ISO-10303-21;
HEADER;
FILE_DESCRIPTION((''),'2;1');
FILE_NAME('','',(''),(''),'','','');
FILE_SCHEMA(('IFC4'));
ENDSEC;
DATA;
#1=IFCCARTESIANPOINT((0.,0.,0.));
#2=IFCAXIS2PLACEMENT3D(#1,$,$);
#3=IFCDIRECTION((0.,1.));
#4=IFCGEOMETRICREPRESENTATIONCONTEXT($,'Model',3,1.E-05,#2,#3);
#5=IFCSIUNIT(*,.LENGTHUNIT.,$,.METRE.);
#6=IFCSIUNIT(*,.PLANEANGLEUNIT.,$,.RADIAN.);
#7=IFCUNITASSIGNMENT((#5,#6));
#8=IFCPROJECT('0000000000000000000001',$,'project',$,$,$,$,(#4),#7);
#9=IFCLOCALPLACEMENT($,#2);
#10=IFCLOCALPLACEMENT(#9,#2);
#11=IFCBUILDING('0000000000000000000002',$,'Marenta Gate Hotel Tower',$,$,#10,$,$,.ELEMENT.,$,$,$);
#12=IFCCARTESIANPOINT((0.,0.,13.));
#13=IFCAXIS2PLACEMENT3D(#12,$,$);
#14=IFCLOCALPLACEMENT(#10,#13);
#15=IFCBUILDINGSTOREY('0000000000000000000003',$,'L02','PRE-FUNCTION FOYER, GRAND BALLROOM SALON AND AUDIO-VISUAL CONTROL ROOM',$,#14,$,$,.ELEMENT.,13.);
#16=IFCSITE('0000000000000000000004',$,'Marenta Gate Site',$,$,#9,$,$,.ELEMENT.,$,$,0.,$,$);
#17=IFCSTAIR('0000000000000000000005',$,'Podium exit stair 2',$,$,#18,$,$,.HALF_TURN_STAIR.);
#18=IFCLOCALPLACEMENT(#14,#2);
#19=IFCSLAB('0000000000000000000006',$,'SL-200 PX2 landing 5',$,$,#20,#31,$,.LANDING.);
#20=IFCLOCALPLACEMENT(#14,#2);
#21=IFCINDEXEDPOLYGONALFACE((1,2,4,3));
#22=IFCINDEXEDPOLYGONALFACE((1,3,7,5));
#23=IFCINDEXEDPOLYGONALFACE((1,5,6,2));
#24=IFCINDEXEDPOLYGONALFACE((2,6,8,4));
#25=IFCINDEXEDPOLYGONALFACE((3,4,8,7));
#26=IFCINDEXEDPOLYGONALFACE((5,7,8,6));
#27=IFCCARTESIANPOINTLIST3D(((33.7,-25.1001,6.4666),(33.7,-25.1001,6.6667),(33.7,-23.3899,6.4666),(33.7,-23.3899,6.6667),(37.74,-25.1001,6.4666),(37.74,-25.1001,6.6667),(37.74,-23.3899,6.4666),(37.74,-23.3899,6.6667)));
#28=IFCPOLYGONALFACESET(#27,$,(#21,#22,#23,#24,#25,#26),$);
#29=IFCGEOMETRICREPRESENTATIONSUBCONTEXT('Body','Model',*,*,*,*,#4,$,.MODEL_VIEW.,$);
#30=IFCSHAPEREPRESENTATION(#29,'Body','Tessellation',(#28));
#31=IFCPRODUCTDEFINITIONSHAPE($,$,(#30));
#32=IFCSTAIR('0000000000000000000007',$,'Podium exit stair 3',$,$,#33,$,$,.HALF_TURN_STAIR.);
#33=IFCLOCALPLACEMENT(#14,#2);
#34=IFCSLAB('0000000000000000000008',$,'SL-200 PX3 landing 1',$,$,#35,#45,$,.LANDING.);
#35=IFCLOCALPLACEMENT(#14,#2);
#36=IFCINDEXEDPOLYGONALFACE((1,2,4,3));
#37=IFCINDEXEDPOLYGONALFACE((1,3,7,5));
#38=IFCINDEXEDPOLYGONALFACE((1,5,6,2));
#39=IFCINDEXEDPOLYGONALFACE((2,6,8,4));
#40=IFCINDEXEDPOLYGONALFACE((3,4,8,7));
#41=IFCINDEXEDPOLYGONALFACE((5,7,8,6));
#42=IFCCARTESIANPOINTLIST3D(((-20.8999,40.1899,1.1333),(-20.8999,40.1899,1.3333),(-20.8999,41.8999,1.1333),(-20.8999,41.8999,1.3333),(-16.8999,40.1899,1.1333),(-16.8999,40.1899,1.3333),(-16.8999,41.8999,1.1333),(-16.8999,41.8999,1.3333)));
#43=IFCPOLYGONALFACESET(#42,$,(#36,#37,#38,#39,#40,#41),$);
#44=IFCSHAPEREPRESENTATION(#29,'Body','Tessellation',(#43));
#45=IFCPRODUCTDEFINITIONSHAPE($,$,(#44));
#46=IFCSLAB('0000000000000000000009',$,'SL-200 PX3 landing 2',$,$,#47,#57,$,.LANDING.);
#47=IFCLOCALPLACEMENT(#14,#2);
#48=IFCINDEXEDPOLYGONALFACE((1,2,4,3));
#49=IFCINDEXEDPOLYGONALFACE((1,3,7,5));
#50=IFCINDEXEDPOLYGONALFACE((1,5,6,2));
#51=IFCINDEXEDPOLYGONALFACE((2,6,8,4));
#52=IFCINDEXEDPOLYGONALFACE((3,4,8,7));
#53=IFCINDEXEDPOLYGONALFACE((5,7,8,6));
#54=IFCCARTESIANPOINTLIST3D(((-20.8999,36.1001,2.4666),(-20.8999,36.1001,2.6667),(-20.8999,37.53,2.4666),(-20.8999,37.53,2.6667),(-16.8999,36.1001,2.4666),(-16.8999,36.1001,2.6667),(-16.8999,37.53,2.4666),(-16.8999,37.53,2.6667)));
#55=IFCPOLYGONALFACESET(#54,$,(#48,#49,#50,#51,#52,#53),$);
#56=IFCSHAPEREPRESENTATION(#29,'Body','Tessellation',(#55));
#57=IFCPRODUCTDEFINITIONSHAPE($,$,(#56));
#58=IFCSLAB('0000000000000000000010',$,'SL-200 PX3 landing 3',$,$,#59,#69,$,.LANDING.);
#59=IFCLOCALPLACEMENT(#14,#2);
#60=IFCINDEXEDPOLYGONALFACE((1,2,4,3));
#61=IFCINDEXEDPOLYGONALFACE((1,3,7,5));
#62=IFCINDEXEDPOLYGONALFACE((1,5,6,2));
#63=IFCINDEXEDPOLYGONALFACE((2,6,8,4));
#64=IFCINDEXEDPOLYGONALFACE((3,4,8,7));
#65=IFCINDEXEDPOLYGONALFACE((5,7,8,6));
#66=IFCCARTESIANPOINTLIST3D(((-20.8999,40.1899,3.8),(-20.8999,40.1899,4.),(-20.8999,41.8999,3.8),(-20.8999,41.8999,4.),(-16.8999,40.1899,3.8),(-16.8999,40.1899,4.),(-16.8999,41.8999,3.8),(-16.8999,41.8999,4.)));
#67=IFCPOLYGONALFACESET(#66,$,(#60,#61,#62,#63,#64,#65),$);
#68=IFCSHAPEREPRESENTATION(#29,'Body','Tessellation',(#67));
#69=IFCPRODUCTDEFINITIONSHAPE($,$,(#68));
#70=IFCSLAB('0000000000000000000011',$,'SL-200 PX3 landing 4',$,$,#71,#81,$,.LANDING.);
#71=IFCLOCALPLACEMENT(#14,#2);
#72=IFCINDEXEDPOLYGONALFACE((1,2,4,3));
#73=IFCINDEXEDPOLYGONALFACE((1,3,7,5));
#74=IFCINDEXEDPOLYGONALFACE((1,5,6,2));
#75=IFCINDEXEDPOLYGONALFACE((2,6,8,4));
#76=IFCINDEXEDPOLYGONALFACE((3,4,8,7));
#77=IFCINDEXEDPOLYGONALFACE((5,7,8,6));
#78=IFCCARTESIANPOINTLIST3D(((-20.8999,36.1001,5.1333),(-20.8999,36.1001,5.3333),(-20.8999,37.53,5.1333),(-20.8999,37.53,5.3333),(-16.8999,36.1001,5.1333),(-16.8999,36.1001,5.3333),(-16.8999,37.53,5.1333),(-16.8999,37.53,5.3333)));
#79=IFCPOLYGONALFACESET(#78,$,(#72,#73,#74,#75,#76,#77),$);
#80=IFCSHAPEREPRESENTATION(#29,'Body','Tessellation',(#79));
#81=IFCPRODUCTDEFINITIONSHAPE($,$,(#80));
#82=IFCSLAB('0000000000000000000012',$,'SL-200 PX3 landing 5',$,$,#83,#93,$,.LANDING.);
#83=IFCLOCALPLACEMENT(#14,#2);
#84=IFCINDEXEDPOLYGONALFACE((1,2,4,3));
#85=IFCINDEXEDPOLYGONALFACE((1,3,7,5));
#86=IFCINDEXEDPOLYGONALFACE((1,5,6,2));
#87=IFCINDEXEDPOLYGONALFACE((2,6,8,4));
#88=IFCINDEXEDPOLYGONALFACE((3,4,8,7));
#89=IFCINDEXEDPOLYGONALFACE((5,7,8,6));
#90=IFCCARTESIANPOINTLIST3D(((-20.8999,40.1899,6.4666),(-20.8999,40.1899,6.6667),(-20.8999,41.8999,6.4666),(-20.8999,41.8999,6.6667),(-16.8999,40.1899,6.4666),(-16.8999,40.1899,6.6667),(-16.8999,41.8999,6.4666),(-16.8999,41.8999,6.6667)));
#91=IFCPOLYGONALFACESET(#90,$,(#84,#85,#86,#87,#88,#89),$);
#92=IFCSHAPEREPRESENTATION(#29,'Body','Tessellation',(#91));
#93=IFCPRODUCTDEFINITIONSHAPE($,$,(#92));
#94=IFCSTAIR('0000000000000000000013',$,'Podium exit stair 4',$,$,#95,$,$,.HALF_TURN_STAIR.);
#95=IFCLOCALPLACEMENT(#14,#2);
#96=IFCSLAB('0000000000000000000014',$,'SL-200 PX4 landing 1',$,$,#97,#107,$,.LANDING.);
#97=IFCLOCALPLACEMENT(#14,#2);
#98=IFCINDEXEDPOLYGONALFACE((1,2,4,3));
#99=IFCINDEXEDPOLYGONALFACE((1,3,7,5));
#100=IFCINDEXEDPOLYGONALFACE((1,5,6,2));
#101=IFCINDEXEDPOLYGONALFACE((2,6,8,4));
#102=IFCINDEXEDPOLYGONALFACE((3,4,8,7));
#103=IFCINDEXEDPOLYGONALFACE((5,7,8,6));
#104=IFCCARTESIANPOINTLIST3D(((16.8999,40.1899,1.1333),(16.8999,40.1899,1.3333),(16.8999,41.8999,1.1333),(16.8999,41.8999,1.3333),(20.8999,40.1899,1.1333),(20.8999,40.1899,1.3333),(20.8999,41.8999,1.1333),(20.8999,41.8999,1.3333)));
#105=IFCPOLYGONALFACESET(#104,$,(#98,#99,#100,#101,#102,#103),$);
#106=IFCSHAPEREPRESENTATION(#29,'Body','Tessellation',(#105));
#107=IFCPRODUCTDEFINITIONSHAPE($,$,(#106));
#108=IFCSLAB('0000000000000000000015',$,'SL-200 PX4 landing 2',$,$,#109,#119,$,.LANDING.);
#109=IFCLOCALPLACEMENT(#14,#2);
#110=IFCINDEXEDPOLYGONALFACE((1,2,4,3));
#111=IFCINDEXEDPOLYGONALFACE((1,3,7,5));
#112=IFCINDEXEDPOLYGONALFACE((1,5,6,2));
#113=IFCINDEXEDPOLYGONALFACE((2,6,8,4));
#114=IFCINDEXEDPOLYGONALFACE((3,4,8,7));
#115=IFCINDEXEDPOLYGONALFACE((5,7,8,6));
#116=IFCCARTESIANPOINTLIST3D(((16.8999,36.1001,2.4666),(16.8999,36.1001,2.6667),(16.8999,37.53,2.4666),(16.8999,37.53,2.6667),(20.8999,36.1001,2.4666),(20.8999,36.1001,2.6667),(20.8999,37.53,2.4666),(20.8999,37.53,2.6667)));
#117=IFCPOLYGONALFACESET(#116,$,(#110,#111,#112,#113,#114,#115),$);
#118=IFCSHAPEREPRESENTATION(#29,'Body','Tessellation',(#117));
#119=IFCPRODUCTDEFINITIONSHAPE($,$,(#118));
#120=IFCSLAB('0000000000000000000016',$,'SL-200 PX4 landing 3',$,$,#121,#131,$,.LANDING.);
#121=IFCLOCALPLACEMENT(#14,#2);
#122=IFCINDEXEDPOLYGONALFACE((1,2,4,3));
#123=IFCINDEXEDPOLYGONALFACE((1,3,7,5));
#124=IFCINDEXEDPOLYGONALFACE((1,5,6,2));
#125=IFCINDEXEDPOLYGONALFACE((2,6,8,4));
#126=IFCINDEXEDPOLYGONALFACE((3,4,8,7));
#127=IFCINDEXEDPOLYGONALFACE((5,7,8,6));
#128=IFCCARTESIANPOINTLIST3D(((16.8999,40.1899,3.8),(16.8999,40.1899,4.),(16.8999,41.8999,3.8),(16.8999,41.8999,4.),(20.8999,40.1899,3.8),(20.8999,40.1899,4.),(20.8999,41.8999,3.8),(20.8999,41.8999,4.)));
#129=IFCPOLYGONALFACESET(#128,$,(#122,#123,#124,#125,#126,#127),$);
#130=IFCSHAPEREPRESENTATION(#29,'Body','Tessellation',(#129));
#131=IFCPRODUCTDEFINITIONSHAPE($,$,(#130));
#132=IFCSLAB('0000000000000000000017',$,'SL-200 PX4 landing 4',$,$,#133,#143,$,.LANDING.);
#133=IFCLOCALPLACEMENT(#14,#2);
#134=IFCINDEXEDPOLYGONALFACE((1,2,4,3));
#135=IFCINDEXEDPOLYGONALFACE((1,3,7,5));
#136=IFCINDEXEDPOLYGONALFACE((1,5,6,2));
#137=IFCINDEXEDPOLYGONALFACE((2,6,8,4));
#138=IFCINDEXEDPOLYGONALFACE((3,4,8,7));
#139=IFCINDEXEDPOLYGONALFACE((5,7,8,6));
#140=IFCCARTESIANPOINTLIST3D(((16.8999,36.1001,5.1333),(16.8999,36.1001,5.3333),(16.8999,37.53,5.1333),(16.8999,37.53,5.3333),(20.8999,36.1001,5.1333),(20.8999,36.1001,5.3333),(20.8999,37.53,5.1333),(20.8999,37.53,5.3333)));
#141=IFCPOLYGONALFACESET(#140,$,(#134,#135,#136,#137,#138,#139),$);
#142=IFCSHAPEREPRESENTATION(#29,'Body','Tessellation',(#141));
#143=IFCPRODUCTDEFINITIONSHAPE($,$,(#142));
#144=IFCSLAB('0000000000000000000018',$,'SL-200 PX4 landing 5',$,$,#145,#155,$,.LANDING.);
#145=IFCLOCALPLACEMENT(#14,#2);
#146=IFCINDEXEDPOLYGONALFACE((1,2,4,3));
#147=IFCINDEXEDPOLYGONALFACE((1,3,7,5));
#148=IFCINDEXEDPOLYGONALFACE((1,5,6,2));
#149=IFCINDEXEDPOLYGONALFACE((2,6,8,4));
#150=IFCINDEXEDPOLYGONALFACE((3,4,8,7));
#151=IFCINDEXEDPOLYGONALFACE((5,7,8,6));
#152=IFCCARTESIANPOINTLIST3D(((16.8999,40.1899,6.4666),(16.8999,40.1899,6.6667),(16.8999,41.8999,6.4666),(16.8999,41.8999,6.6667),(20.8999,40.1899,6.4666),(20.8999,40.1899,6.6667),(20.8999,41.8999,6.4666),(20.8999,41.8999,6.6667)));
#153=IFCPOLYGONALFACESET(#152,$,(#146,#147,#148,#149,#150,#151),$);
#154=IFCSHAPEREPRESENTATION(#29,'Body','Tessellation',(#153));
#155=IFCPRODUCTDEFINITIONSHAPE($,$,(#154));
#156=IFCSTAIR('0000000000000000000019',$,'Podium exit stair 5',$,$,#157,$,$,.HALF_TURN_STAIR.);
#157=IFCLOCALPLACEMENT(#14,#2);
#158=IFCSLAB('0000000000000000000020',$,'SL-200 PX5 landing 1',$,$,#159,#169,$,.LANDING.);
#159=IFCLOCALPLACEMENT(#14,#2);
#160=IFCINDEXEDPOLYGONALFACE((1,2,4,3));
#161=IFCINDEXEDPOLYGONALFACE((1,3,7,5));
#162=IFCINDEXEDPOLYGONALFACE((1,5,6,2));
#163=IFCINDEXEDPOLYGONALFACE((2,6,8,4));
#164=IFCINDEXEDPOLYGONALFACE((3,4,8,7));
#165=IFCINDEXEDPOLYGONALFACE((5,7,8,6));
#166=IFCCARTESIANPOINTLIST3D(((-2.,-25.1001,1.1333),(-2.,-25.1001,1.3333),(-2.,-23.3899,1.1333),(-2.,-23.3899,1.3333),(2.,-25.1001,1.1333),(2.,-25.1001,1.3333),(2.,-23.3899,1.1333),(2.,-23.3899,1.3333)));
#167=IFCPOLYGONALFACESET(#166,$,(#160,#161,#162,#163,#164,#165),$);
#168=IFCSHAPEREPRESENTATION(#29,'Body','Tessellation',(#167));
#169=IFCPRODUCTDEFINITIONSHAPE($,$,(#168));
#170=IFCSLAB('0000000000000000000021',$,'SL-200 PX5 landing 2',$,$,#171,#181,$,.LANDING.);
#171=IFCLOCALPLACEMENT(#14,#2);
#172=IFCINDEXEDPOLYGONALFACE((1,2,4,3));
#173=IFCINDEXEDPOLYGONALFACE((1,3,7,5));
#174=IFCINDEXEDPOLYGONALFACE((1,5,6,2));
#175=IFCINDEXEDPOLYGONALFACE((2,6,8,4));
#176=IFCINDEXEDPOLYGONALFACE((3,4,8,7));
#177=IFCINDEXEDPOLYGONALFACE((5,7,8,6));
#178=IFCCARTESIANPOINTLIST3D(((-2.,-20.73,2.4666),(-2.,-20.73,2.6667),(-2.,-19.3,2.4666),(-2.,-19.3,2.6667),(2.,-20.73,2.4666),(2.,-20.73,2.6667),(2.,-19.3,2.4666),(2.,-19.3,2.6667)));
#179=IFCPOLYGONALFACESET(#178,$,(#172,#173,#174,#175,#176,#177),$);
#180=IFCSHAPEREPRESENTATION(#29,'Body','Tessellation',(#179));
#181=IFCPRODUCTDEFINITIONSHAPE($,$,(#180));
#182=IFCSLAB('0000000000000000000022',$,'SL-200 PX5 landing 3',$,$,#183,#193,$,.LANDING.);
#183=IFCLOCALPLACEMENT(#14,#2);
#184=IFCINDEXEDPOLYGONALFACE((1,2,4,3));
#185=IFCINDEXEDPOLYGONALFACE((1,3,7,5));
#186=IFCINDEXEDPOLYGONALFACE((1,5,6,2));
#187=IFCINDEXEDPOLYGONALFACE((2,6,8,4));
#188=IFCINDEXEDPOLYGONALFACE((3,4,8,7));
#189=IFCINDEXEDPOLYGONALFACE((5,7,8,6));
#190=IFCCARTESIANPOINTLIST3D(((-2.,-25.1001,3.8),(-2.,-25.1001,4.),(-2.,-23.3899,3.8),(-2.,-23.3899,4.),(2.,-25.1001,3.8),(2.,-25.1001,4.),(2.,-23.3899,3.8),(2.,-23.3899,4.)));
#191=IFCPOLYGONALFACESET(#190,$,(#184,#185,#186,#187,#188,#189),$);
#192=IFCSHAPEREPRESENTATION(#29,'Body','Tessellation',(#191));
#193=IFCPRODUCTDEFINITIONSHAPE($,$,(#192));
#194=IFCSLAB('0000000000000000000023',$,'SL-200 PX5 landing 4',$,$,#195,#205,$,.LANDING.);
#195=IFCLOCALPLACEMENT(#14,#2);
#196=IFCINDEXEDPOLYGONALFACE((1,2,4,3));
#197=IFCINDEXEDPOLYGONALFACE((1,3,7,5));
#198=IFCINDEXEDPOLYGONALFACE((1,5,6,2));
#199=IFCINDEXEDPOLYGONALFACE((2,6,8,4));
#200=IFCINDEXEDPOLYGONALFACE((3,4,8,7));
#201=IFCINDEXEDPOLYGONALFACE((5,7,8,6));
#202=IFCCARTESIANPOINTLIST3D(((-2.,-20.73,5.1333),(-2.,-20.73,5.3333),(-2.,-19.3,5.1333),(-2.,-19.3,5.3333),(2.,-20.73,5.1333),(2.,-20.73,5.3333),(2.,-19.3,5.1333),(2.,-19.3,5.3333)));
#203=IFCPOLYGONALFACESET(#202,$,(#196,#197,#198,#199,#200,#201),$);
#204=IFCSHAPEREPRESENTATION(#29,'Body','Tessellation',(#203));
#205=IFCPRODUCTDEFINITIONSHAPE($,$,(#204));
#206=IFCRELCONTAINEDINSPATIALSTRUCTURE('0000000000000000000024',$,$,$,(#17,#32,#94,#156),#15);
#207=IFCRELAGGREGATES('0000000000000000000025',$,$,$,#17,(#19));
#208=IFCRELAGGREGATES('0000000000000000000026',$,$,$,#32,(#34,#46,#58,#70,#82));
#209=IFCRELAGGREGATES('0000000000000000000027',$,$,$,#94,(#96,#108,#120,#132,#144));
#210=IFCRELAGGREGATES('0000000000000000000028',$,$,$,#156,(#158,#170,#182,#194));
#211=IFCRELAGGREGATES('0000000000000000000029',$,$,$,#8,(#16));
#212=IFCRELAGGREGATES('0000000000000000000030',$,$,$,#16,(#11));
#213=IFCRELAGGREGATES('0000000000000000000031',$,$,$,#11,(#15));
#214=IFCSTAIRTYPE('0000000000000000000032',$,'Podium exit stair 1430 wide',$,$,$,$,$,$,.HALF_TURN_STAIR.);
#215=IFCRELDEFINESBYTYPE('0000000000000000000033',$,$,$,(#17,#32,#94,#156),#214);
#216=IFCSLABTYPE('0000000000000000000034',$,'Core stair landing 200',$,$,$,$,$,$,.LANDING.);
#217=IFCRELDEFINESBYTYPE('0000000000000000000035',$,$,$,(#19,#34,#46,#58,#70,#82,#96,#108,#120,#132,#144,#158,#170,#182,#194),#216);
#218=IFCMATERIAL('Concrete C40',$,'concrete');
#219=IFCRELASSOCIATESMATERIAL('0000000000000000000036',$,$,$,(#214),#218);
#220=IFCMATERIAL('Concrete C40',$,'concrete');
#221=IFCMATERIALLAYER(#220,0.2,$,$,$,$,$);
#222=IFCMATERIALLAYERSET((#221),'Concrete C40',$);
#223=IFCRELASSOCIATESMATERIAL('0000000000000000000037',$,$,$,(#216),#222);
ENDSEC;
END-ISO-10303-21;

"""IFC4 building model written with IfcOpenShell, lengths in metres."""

from ifc_helpers import new_model, si_unit, direction, frame, origin, place, context, subcontext, project, spatial, polyline, outline, extrude, material, layer, layer_set, type_object, element, aggregate, save


model = new_model("IFC4")

# Units and contexts
model_context = context("Model", 3, precision=1e-05, world=origin(), true_north=direction((0.0, 1.0)))
body_context = subcontext(model_context, "Body", "Model", "MODEL_VIEW")
ifc_project = project(units=[si_unit("LENGTHUNIT", "METRE"), si_unit("PLANEANGLEUNIT", "RADIAN")], contexts=[model_context])

# Site, building, storey
site_placement = place(None, origin())
site = spatial("IfcSite", under=ifc_project, at=site_placement, Name="Marenta Gate Site", CompositionType="ELEMENT", RefElevation=0.0)
building_placement = place(site_placement, origin())
building = spatial("IfcBuilding", under=site, at=building_placement, Name="Marenta Gate Hotel Tower", CompositionType="ELEMENT")
storey_placement = place(building_placement, frame((0.0, 0.0, 13.0)))
storey = spatial("IfcBuildingStorey", under=building, at=storey_placement, Name="L02", Description="PRE-FUNCTION FOYER, GRAND BALLROOM SALON AND AUDIO-VISUAL CONTROL ROOM", CompositionType="ELEMENT", Elevation=13.0)

# Stair, slab
ifc_material_1 = material(Name="Concrete C40", Category="concrete")
stair_type = type_object("IfcStairType", Name="Podium exit stair 1430 wide", PredefinedType="HALF_TURN_STAIR", material=ifc_material_1)
stair_1_placement = place(storey_placement, origin())
stair_1 = element("IfcStair", 1, at=stair_1_placement, inside=storey, type_object=stair_type, Name="Podium exit stair 2", PredefinedType="HALF_TURN_STAIR")
ifc_material_2 = material(Name="Concrete C40", Category="concrete")
ifc_layer = layer(ifc_material_2, 0.2)
ifc_layer_set = layer_set([ifc_layer], Name="Concrete C40")
slab_type = type_object("IfcSlabType", Name="Core stair landing 200", PredefinedType="LANDING", material=ifc_layer_set)
slab_1_placement = place(storey_placement, frame((0.0, 0.0, 6.4666)))
slab_1 = element("IfcSlab", 2, at=slab_1_placement, type_object=slab_type, Name="SL-200 PX2 landing 5", PredefinedType="LANDING", context=body_context, shape_type="SweptSolid", body=[
    extrude(outline(polyline([(33.7, -25.1001), (37.74, -25.1001), (37.74, -23.3899), (33.7, -23.3899), (33.7, -25.1001)])), origin(), (0.0, 0.0, 1.0), 0.2002),
])
aggregate(stair_1, [slab_1])

# Stairs, slabs
stair_2_placement = place(storey_placement, origin())
stair_2 = element("IfcStair", 3, at=stair_2_placement, inside=storey, type_object=stair_type, Name="Podium exit stair 3", PredefinedType="HALF_TURN_STAIR")
slab_2_placement = place(storey_placement, frame((0.0, 0.0, 1.1333)))
slab_2 = element("IfcSlab", 4, at=slab_2_placement, type_object=slab_type, Name="SL-200 PX3 landing 1", PredefinedType="LANDING", context=body_context, shape_type="SweptSolid", body=[
    extrude(outline(polyline([(-20.8999, 40.1899), (-16.8999, 40.1899), (-16.8999, 41.8999), (-20.8999, 41.8999), (-20.8999, 40.1899)])), origin(), (0.0, 0.0, 1.0), 0.2),
])
slab_3_placement = place(storey_placement, frame((0.0, 0.0, 2.4666)))
slab_3 = element("IfcSlab", 5, at=slab_3_placement, type_object=slab_type, Name="SL-200 PX3 landing 2", PredefinedType="LANDING", context=body_context, shape_type="SweptSolid", body=[
    extrude(outline(polyline([(-20.8999, 36.1001), (-16.8999, 36.1001), (-16.8999, 37.53), (-20.8999, 37.53), (-20.8999, 36.1001)])), origin(), (0.0, 0.0, 1.0), 0.2002),
])
slab_4_placement = place(storey_placement, frame((0.0, 0.0, 3.8)))
slab_4 = element("IfcSlab", 6, at=slab_4_placement, type_object=slab_type, Name="SL-200 PX3 landing 3", PredefinedType="LANDING", context=body_context, shape_type="SweptSolid", body=[
    extrude(outline(polyline([(-20.8999, 40.1899), (-16.8999, 40.1899), (-16.8999, 41.8999), (-20.8999, 41.8999), (-20.8999, 40.1899)])), origin(), (0.0, 0.0, 1.0), 0.2),
])
slab_5_placement = place(storey_placement, frame((0.0, 0.0, 5.1333)))
slab_5 = element("IfcSlab", 7, at=slab_5_placement, type_object=slab_type, Name="SL-200 PX3 landing 4", PredefinedType="LANDING", context=body_context, shape_type="SweptSolid", body=[
    extrude(outline(polyline([(-20.8999, 36.1001), (-16.8999, 36.1001), (-16.8999, 37.53), (-20.8999, 37.53), (-20.8999, 36.1001)])), origin(), (0.0, 0.0, 1.0), 0.2),
])
slab_6_placement = place(storey_placement, frame((0.0, 0.0, 6.4666)))
slab_6 = element("IfcSlab", 8, at=slab_6_placement, type_object=slab_type, Name="SL-200 PX3 landing 5", PredefinedType="LANDING", context=body_context, shape_type="SweptSolid", body=[
    extrude(outline(polyline([(-20.8999, 40.1899), (-16.8999, 40.1899), (-16.8999, 41.8999), (-20.8999, 41.8999), (-20.8999, 40.1899)])), origin(), (0.0, 0.0, 1.0), 0.2002),
])
aggregate(stair_2, [slab_2, slab_3, slab_4, slab_5, slab_6])
stair_3_placement = place(storey_placement, origin())
stair_3 = element("IfcStair", 9, at=stair_3_placement, inside=storey, type_object=stair_type, Name="Podium exit stair 4", PredefinedType="HALF_TURN_STAIR")
slab_7_placement = place(storey_placement, frame((0.0, 0.0, 1.1333)))
slab_7 = element("IfcSlab", 10, at=slab_7_placement, type_object=slab_type, Name="SL-200 PX4 landing 1", PredefinedType="LANDING", context=body_context, shape_type="SweptSolid", body=[
    extrude(outline(polyline([(16.8999, 40.1899), (20.8999, 40.1899), (20.8999, 41.8999), (16.8999, 41.8999), (16.8999, 40.1899)])), origin(), (0.0, 0.0, 1.0), 0.2),
])
slab_8_placement = place(storey_placement, frame((0.0, 0.0, 2.4666)))
slab_8 = element("IfcSlab", 11, at=slab_8_placement, type_object=slab_type, Name="SL-200 PX4 landing 2", PredefinedType="LANDING", context=body_context, shape_type="SweptSolid", body=[
    extrude(outline(polyline([(16.8999, 36.1001), (20.8999, 36.1001), (20.8999, 37.53), (16.8999, 37.53), (16.8999, 36.1001)])), origin(), (0.0, 0.0, 1.0), 0.2002),
])
slab_9_placement = place(storey_placement, frame((0.0, 0.0, 3.8)))
slab_9 = element("IfcSlab", 12, at=slab_9_placement, type_object=slab_type, Name="SL-200 PX4 landing 3", PredefinedType="LANDING", context=body_context, shape_type="SweptSolid", body=[
    extrude(outline(polyline([(16.8999, 40.1899), (20.8999, 40.1899), (20.8999, 41.8999), (16.8999, 41.8999), (16.8999, 40.1899)])), origin(), (0.0, 0.0, 1.0), 0.2),
])
slab_10_placement = place(storey_placement, frame((0.0, 0.0, 5.1333)))
slab_10 = element("IfcSlab", 13, at=slab_10_placement, type_object=slab_type, Name="SL-200 PX4 landing 4", PredefinedType="LANDING", context=body_context, shape_type="SweptSolid", body=[
    extrude(outline(polyline([(16.8999, 36.1001), (20.8999, 36.1001), (20.8999, 37.53), (16.8999, 37.53), (16.8999, 36.1001)])), origin(), (0.0, 0.0, 1.0), 0.2),
])
slab_11_placement = place(storey_placement, frame((0.0, 0.0, 6.4666)))
slab_11 = element("IfcSlab", 14, at=slab_11_placement, type_object=slab_type, Name="SL-200 PX4 landing 5", PredefinedType="LANDING", context=body_context, shape_type="SweptSolid", body=[
    extrude(outline(polyline([(16.8999, 40.1899), (20.8999, 40.1899), (20.8999, 41.8999), (16.8999, 41.8999), (16.8999, 40.1899)])), origin(), (0.0, 0.0, 1.0), 0.2002),
])
aggregate(stair_3, [slab_7, slab_8, slab_9, slab_10, slab_11])
stair_4_placement = place(storey_placement, origin())
stair_4 = element("IfcStair", 15, at=stair_4_placement, inside=storey, type_object=stair_type, Name="Podium exit stair 5", PredefinedType="HALF_TURN_STAIR")
slab_12_placement = place(storey_placement, frame((0.0, 0.0, 1.1333)))
slab_12 = element("IfcSlab", 16, at=slab_12_placement, type_object=slab_type, Name="SL-200 PX5 landing 1", PredefinedType="LANDING", context=body_context, shape_type="SweptSolid", body=[
    extrude(outline(polyline([(-2.0, -25.1001), (2.0, -25.1001), (2.0, -23.3899), (-2.0, -23.3899), (-2.0, -25.1001)])), origin(), (0.0, 0.0, 1.0), 0.2),
])
slab_13_placement = place(storey_placement, frame((0.0, 0.0, 2.4666)))
slab_13 = element("IfcSlab", 17, at=slab_13_placement, type_object=slab_type, Name="SL-200 PX5 landing 2", PredefinedType="LANDING", context=body_context, shape_type="SweptSolid", body=[
    extrude(outline(polyline([(-2.0, -20.73), (2.0, -20.73), (2.0, -19.3), (-2.0, -19.3), (-2.0, -20.73)])), origin(), (0.0, 0.0, 1.0), 0.2002),
])
slab_14_placement = place(storey_placement, frame((0.0, 0.0, 3.8)))
slab_14 = element("IfcSlab", 18, at=slab_14_placement, type_object=slab_type, Name="SL-200 PX5 landing 3", PredefinedType="LANDING", context=body_context, shape_type="SweptSolid", body=[
    extrude(outline(polyline([(-2.0, -25.1001), (2.0, -25.1001), (2.0, -23.3899), (-2.0, -23.3899), (-2.0, -25.1001)])), origin(), (0.0, 0.0, 1.0), 0.2),
])
slab_15_placement = place(storey_placement, frame((0.0, 0.0, 5.1333)))
slab_15 = element("IfcSlab", 19, at=slab_15_placement, type_object=slab_type, Name="SL-200 PX5 landing 4", PredefinedType="LANDING", context=body_context, shape_type="SweptSolid", body=[
    extrude(outline(polyline([(-2.0, -20.73), (2.0, -20.73), (2.0, -19.3), (-2.0, -19.3), (-2.0, -20.73)])), origin(), (0.0, 0.0, 1.0), 0.2),
])
aggregate(stair_4, [slab_12, slab_13, slab_14, slab_15])

save(model, "model.ifc")
